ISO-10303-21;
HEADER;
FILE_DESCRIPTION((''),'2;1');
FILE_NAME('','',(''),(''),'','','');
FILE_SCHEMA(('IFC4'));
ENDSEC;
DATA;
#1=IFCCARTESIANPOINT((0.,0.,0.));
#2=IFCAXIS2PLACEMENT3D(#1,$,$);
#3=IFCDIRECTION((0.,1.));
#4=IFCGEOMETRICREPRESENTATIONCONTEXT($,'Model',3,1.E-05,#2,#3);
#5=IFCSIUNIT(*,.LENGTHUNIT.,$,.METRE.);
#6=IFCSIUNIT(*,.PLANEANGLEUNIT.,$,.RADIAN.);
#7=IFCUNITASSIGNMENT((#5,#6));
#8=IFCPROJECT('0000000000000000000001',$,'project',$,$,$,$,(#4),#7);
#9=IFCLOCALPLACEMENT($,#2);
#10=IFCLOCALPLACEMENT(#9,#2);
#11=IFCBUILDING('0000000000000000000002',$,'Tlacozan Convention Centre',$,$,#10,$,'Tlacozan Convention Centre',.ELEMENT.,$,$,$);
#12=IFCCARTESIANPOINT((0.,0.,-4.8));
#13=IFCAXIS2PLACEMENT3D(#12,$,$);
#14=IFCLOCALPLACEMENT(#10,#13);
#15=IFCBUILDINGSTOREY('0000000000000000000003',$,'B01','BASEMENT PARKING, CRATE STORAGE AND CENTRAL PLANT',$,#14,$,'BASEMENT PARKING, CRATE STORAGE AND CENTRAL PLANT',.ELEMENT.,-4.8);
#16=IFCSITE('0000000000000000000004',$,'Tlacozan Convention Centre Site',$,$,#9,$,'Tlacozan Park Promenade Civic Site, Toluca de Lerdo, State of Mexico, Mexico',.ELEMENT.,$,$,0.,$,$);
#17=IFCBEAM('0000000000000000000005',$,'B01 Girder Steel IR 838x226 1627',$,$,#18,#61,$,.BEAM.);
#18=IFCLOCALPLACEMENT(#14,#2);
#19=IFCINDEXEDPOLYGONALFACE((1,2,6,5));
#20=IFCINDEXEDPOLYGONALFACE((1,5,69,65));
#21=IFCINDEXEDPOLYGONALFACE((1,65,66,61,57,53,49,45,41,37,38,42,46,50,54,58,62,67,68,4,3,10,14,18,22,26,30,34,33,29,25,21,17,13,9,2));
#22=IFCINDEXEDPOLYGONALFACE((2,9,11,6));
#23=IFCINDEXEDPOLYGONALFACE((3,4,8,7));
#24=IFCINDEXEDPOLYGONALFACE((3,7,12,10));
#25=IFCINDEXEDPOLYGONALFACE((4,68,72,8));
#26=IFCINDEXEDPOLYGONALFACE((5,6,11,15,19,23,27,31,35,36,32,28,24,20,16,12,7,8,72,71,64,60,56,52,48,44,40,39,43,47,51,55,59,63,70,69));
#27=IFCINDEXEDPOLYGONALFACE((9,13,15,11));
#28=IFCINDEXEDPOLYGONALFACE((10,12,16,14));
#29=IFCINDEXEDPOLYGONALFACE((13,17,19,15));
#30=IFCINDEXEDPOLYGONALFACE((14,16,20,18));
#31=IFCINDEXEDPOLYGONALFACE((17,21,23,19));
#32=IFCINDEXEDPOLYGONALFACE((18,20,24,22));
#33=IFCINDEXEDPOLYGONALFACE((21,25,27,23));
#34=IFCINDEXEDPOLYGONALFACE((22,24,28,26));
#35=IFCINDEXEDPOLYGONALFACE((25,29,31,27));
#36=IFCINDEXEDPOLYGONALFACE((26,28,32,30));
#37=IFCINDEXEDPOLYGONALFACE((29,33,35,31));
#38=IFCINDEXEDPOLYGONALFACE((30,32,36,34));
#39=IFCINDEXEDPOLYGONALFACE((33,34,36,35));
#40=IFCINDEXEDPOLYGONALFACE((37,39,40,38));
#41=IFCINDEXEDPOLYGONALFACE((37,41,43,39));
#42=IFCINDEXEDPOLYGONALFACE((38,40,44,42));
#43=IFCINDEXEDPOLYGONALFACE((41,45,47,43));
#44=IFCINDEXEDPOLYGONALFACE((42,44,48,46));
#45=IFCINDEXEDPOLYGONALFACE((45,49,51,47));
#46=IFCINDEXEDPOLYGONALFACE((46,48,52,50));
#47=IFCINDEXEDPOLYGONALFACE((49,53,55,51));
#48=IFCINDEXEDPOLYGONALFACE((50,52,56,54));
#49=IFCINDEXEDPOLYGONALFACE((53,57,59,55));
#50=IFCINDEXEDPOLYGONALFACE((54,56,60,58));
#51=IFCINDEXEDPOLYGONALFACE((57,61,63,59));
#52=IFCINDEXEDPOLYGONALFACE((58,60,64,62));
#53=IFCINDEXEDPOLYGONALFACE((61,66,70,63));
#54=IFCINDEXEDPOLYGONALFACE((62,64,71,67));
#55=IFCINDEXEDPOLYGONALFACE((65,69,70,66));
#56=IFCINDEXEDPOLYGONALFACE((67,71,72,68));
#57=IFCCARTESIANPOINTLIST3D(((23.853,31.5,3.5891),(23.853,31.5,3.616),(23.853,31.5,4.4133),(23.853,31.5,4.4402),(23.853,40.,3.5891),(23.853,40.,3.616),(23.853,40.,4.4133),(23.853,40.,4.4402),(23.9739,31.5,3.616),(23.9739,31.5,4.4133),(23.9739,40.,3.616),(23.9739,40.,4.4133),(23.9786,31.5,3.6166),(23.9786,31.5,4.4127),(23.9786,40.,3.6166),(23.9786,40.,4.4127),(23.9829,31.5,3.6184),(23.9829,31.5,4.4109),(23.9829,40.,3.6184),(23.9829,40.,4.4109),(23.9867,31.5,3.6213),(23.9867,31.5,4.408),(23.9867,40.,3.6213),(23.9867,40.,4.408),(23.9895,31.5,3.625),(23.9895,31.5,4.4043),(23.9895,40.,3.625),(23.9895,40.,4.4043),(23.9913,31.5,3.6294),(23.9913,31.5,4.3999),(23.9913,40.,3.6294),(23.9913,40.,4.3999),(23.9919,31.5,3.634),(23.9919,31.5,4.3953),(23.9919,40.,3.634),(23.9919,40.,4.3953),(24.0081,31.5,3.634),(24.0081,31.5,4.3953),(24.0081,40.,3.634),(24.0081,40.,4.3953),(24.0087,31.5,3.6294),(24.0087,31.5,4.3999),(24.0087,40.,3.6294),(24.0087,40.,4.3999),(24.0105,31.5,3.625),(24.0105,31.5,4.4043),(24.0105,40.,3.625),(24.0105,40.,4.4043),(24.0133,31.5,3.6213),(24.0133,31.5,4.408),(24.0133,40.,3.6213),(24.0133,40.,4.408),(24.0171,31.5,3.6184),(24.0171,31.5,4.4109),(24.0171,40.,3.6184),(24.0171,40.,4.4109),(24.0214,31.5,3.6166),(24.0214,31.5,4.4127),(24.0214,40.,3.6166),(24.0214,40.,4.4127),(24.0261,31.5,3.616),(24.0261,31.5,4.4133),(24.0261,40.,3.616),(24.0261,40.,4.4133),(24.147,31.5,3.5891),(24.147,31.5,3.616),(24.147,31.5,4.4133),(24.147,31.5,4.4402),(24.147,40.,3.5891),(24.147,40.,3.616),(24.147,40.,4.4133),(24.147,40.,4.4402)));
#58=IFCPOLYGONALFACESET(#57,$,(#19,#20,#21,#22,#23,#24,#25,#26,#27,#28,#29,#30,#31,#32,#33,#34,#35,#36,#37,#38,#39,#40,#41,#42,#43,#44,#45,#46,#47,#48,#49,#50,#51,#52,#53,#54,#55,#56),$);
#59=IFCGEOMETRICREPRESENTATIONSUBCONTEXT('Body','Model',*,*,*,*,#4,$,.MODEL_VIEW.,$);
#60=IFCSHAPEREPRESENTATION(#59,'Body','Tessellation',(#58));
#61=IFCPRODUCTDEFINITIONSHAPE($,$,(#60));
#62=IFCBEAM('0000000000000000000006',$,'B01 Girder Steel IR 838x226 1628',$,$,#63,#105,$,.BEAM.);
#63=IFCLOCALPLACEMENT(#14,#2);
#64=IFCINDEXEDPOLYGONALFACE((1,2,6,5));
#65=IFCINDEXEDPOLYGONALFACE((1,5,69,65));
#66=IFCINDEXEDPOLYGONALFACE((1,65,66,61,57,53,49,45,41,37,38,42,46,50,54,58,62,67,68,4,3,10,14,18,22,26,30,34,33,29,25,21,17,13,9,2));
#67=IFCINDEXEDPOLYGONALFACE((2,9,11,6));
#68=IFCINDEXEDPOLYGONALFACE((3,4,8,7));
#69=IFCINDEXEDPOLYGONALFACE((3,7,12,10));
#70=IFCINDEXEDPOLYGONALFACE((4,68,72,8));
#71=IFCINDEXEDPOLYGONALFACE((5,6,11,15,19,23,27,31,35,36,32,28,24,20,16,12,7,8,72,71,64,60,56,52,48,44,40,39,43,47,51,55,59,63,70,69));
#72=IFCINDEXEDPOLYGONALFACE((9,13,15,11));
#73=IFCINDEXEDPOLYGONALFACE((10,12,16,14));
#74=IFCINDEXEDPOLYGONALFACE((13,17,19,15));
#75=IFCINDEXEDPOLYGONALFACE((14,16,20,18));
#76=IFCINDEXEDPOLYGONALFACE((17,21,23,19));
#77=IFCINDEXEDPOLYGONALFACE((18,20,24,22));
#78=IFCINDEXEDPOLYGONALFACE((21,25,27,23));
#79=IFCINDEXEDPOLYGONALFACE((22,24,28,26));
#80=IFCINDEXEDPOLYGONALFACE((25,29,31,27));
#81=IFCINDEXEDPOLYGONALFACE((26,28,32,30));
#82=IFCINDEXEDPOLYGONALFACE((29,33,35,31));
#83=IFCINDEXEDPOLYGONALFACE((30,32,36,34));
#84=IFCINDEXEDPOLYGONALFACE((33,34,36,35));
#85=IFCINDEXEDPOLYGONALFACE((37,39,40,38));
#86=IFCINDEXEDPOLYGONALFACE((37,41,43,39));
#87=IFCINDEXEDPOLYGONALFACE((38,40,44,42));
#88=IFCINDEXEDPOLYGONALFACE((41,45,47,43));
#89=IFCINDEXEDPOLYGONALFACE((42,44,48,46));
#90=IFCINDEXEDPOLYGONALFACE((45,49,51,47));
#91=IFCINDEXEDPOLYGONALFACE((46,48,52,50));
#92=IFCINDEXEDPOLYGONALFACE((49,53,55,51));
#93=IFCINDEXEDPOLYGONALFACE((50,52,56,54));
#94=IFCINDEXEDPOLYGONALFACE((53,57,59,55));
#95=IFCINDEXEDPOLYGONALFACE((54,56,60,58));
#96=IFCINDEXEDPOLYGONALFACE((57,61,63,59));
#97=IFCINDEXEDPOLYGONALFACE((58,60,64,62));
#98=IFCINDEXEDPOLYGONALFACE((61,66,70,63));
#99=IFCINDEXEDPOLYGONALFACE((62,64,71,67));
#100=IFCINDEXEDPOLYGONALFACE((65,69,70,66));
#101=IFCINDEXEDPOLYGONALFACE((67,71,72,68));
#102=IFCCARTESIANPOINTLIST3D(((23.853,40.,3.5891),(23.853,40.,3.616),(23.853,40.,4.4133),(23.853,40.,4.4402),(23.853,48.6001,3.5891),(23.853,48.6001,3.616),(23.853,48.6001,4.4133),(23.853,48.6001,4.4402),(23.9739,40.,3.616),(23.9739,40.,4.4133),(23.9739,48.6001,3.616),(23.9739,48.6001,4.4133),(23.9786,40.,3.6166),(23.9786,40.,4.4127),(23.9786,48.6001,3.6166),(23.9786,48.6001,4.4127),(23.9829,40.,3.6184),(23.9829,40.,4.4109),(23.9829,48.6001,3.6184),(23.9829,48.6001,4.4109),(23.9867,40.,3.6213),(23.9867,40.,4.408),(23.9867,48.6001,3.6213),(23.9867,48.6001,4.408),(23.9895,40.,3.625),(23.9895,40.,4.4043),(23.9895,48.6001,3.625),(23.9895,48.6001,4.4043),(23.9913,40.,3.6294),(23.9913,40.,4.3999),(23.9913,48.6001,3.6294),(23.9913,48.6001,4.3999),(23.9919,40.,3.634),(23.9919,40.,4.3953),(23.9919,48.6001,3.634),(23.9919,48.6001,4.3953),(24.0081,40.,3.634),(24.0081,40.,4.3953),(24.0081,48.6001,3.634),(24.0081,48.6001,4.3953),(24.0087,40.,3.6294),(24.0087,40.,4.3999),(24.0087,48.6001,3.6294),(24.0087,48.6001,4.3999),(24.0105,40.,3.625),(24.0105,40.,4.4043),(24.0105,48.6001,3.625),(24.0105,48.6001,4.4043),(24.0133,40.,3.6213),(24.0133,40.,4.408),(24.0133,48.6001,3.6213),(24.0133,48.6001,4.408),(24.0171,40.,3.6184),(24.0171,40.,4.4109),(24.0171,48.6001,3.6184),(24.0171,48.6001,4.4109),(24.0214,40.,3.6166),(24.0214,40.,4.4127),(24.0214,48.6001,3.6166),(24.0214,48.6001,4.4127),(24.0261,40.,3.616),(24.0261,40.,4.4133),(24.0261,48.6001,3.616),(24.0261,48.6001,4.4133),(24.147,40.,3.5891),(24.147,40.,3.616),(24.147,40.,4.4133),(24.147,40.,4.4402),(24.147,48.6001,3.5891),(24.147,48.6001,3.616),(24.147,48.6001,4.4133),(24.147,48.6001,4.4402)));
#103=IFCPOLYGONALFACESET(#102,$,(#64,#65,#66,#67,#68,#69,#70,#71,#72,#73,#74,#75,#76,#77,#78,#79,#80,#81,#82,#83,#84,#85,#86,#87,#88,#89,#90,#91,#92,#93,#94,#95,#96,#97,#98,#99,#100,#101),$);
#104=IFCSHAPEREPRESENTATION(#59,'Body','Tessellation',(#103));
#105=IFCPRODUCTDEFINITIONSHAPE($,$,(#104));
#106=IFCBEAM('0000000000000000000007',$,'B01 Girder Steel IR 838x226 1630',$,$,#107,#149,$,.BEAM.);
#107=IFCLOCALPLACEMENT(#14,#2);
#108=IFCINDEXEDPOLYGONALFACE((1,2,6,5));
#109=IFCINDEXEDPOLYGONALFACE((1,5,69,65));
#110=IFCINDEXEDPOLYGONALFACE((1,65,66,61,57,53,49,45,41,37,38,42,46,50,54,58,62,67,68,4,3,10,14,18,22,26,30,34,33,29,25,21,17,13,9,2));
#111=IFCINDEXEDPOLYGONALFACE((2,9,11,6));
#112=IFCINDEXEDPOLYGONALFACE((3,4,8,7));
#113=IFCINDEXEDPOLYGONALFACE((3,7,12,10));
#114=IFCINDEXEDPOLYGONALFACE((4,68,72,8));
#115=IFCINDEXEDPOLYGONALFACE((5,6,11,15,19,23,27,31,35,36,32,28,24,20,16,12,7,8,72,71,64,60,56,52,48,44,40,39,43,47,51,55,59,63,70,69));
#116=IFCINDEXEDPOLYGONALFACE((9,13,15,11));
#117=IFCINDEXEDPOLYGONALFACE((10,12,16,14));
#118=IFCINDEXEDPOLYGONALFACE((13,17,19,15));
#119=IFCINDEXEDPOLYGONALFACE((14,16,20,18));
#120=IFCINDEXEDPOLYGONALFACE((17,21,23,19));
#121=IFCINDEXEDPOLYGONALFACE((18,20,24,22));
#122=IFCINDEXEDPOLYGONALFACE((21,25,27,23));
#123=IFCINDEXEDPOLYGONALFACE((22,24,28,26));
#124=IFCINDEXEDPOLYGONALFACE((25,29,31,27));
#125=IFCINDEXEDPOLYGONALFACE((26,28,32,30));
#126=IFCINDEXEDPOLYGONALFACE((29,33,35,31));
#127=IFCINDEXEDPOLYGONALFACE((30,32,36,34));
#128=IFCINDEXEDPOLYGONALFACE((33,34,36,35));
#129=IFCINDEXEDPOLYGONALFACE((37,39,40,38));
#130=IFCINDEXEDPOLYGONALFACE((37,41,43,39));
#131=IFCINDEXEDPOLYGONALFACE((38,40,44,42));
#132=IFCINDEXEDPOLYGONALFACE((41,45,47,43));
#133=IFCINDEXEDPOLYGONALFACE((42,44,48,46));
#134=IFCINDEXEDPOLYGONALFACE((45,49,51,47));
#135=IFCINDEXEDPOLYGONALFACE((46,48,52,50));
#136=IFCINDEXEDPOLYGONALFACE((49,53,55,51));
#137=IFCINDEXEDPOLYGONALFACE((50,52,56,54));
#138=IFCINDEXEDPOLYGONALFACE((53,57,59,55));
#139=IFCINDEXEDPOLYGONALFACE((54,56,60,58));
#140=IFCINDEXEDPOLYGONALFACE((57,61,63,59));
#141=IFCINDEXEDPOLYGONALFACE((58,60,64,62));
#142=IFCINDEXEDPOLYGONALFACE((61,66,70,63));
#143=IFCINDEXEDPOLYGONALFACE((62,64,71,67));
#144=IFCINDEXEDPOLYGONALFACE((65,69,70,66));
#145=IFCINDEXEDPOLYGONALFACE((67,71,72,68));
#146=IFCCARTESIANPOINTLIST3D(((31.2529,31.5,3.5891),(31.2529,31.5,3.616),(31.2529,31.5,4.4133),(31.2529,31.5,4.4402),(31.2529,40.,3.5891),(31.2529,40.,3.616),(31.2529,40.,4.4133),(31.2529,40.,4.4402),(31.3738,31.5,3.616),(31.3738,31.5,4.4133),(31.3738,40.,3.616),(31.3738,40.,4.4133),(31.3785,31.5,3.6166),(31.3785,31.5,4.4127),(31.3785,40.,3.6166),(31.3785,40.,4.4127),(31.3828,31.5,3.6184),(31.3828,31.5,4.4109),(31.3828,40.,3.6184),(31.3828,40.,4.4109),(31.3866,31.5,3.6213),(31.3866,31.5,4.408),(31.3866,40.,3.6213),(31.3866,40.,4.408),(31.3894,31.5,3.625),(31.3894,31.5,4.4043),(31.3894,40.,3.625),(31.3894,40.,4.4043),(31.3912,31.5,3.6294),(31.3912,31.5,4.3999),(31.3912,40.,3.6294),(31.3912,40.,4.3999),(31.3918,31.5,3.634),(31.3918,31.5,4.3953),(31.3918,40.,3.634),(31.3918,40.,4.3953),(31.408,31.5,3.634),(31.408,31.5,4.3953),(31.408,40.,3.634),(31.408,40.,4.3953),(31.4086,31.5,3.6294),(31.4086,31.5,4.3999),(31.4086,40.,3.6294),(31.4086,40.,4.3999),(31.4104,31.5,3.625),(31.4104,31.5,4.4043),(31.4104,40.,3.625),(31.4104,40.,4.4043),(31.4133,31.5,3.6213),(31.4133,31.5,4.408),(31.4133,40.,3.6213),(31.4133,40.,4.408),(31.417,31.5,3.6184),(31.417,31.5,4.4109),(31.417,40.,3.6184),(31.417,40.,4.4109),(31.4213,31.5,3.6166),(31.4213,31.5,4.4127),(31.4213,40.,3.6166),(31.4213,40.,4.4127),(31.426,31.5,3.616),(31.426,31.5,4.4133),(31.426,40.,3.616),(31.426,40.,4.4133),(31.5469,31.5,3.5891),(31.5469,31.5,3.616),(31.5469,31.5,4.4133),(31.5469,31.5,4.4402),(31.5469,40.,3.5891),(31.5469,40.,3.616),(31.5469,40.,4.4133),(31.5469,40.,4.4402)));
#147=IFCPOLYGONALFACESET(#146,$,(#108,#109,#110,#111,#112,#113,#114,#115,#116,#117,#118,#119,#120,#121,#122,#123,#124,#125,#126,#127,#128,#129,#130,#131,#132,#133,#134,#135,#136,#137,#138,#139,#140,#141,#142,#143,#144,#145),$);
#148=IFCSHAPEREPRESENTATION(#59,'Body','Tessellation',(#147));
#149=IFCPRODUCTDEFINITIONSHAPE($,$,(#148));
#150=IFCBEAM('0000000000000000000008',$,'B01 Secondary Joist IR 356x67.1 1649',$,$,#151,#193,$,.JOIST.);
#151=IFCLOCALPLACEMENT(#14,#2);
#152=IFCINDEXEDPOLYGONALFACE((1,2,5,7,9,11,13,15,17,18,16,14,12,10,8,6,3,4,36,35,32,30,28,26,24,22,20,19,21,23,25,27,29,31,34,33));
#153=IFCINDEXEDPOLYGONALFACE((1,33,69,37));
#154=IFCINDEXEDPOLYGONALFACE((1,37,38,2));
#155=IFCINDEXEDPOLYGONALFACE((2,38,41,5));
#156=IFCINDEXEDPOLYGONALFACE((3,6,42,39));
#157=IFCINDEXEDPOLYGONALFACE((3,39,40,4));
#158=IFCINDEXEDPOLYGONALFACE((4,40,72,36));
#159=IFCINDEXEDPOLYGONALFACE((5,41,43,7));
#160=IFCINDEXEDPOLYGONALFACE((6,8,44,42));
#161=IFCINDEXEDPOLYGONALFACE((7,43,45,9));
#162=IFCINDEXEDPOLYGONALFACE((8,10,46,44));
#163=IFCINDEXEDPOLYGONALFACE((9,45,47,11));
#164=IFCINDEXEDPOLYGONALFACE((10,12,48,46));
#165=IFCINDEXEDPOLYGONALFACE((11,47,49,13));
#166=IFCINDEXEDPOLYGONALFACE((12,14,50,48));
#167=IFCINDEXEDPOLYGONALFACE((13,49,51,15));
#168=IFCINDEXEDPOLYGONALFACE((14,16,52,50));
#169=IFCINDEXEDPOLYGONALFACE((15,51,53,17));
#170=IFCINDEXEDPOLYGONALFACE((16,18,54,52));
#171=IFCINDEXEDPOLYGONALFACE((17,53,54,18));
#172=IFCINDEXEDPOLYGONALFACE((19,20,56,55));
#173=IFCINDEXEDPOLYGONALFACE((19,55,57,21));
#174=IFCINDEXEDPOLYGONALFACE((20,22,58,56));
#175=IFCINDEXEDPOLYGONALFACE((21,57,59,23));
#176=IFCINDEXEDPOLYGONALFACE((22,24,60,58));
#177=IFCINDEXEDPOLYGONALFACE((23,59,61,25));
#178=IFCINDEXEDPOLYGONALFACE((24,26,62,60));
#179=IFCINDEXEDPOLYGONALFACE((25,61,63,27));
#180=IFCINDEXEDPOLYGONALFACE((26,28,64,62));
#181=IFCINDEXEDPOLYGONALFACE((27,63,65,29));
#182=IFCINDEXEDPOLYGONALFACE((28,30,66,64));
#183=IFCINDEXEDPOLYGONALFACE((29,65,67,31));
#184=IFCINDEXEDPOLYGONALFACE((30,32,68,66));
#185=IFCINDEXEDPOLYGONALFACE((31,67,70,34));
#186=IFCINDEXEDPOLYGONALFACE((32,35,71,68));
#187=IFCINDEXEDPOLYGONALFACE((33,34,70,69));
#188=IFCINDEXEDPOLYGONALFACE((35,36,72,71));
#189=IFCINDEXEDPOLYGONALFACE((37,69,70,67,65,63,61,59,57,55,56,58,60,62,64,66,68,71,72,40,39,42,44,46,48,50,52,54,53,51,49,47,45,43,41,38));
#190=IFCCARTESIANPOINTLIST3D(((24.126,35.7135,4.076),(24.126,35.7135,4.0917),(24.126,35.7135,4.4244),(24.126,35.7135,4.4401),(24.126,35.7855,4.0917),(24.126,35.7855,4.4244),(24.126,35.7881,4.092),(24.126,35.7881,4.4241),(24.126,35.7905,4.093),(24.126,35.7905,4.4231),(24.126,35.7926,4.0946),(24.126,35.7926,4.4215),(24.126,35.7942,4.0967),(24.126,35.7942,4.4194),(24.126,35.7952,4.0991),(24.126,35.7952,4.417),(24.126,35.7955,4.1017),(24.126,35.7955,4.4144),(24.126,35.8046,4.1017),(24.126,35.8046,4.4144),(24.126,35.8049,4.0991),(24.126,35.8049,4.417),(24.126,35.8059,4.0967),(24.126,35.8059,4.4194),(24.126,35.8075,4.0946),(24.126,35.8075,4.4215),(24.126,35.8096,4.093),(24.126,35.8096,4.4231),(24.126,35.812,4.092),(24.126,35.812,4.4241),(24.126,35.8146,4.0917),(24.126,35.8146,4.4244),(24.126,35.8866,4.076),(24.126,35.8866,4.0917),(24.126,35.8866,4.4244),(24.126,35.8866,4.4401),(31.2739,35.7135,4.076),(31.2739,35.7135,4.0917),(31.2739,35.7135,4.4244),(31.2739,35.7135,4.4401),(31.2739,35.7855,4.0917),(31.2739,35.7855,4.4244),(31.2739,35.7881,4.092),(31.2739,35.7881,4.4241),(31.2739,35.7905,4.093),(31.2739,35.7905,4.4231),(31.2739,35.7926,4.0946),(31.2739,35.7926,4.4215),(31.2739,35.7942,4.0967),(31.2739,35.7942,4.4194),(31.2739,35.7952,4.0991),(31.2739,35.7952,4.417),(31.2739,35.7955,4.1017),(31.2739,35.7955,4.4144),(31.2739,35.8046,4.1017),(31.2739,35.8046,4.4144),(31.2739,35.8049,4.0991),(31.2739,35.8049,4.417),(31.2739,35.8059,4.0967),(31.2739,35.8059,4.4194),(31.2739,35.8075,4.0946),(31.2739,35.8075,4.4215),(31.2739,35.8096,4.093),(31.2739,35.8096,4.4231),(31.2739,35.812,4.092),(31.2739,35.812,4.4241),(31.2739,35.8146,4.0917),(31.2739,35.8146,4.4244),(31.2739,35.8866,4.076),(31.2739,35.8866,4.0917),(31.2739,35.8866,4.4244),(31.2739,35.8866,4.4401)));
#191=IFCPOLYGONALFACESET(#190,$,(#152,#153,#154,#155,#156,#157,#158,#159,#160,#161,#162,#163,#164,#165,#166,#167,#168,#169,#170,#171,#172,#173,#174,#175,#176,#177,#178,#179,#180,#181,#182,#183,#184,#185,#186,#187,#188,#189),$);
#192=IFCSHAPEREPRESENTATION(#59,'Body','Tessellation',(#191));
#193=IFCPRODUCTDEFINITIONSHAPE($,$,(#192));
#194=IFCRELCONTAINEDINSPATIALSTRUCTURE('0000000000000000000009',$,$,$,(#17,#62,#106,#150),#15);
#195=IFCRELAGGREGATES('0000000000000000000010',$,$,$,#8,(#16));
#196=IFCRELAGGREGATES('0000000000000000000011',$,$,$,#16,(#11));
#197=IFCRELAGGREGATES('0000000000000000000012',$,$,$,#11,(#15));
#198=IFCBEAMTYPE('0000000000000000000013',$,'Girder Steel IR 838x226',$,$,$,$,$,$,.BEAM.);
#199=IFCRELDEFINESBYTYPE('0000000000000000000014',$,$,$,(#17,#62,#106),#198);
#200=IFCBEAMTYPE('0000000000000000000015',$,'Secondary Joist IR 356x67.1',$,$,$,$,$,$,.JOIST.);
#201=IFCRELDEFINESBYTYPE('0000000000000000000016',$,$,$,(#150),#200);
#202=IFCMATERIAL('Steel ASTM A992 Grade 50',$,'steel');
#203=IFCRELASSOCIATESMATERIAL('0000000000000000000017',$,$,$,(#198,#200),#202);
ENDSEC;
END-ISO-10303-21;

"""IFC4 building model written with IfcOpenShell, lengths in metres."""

from ifc_helpers import new_model, si_unit, direction, frame, origin, origin_2d, place, context, subcontext, project, spatial, i_section, extrude, material, material_profile, profile_set, type_object, element, save


model = new_model("IFC4")

# Units and contexts
model_context = context("Model", 3, precision=1e-05, world=origin(), true_north=direction((0.0, 1.0)))
body_context = subcontext(model_context, "Body", "Model", "MODEL_VIEW")
ifc_project = project(units=[si_unit("LENGTHUNIT", "METRE"), si_unit("PLANEANGLEUNIT", "RADIAN")], contexts=[model_context])

# Site, building, storey
site_placement = place(None, origin())
site = spatial("IfcSite", under=ifc_project, at=site_placement, Name="Tlacozan Convention Centre Site", LongName="Tlacozan Park Promenade Civic Site, Toluca de Lerdo, State of Mexico, Mexico", CompositionType="ELEMENT", RefElevation=0.0)
building_placement = place(site_placement, origin())
building = spatial("IfcBuilding", under=site, at=building_placement, Name="Tlacozan Convention Centre", LongName="Tlacozan Convention Centre", CompositionType="ELEMENT")
storey_placement = place(building_placement, frame((0.0, 0.0, -4.8)))
storey = spatial("IfcBuildingStorey", under=building, at=storey_placement, Name="B01", Description="BASEMENT PARKING, CRATE STORAGE AND CENTRAL PLANT", LongName="BASEMENT PARKING, CRATE STORAGE AND CENTRAL PLANT", CompositionType="ELEMENT", Elevation=-4.8)

# Beams
ifc_material_1 = material(Name="Steel ASTM A992 Grade 50", Category="steel")
ifc_material_profile_1 = material_profile(ifc_material_1, i_section(OverallWidth=0.2939, OverallDepth=0.8511, WebThickness=0.0161, FlangeThickness=0.0269, FilletRadius=0.0181, at=origin_2d()), Name="IR 838x226.0")
ifc_profile_set_1 = profile_set([ifc_material_profile_1], Name="Steel ASTM A992 Grade 50")
beam_type_1 = type_object("IfcBeamType", Name="Girder Steel IR 838x226", PredefinedType="BEAM", material=ifc_profile_set_1)
beam_1_placement = place(storey_placement, frame((24.0, 31.5, 4.0146), z_axis=(0.0, 1.0, 0.0), x_axis=(-1.0, 0.0, 0.0)))
element("IfcBeam", 1, at=beam_1_placement, inside=storey, type_object=beam_type_1, Name="B01 Girder Steel IR 838x226 1627", PredefinedType="BEAM", context=body_context, shape_type="SweptSolid", body=[
    extrude(i_section(OverallWidth=0.2939, OverallDepth=0.8511, WebThickness=0.0161, FlangeThickness=0.0269, FilletRadius=0.0181, at=origin_2d()), origin(), (0.0, 0.0, 1.0), 8.5),
])
beam_2_placement = place(storey_placement, frame((24.0, 40.0, 4.0146), z_axis=(0.0, 1.0, 0.0), x_axis=(-1.0, 0.0, 0.0)))
element("IfcBeam", 2, at=beam_2_placement, inside=storey, type_object=beam_type_1, Name="B01 Girder Steel IR 838x226 1628", PredefinedType="BEAM", context=body_context, shape_type="SweptSolid", body=[
    extrude(i_section(OverallWidth=0.2939, OverallDepth=0.8511, WebThickness=0.0161, FlangeThickness=0.0269, FilletRadius=0.0181, at=origin_2d()), origin(), (0.0, 0.0, 1.0), 8.6001),
])
beam_3_placement = place(storey_placement, frame((31.3999, 31.5, 4.0146), z_axis=(0.0, 1.0, 0.0), x_axis=(-1.0, 0.0, 0.0)))
element("IfcBeam", 3, at=beam_3_placement, inside=storey, type_object=beam_type_1, Name="B01 Girder Steel IR 838x226 1630", PredefinedType="BEAM", context=body_context, shape_type="SweptSolid", body=[
    extrude(i_section(OverallWidth=0.2939, OverallDepth=0.8511, WebThickness=0.0161, FlangeThickness=0.0269, FilletRadius=0.0181, at=origin_2d()), origin(), (0.0, 0.0, 1.0), 8.5),
])
ifc_material_profile_2 = material_profile(ifc_material_1, i_section(OverallWidth=0.1731, OverallDepth=0.364, WebThickness=0.009, FlangeThickness=0.0156, FilletRadius=0.01, at=origin_2d()), Name="IR 356x67.1")
ifc_profile_set_2 = profile_set([ifc_material_profile_2], Name="Steel ASTM A992 Grade 50")
beam_type_2 = type_object("IfcBeamType", Name="Secondary Joist IR 356x67.1", PredefinedType="JOIST", material=ifc_profile_set_2)
for number, where, z_axis, x_axis, name in (
    (4, (24.126, 35.8, 4.2581), (1.0, 0.0, 0.0), (0.0, 1.0, 0.0), "B01 Secondary Joist IR 356x67.1 1649"),
):
    element("IfcBeam", number, at=place(storey_placement, frame(where, z_axis=z_axis, x_axis=x_axis)), inside=storey, type_object=beam_type_2, Name=name, PredefinedType="JOIST", context=body_context, shape_type="SweptSolid", body=[
        extrude(i_section(OverallWidth=0.1731, OverallDepth=0.364, WebThickness=0.009, FlangeThickness=0.0156, FilletRadius=0.01, at=origin_2d()), origin(), (0.0, 0.0, 1.0), 7.1479),
    ])

save(model, "model.ifc")
